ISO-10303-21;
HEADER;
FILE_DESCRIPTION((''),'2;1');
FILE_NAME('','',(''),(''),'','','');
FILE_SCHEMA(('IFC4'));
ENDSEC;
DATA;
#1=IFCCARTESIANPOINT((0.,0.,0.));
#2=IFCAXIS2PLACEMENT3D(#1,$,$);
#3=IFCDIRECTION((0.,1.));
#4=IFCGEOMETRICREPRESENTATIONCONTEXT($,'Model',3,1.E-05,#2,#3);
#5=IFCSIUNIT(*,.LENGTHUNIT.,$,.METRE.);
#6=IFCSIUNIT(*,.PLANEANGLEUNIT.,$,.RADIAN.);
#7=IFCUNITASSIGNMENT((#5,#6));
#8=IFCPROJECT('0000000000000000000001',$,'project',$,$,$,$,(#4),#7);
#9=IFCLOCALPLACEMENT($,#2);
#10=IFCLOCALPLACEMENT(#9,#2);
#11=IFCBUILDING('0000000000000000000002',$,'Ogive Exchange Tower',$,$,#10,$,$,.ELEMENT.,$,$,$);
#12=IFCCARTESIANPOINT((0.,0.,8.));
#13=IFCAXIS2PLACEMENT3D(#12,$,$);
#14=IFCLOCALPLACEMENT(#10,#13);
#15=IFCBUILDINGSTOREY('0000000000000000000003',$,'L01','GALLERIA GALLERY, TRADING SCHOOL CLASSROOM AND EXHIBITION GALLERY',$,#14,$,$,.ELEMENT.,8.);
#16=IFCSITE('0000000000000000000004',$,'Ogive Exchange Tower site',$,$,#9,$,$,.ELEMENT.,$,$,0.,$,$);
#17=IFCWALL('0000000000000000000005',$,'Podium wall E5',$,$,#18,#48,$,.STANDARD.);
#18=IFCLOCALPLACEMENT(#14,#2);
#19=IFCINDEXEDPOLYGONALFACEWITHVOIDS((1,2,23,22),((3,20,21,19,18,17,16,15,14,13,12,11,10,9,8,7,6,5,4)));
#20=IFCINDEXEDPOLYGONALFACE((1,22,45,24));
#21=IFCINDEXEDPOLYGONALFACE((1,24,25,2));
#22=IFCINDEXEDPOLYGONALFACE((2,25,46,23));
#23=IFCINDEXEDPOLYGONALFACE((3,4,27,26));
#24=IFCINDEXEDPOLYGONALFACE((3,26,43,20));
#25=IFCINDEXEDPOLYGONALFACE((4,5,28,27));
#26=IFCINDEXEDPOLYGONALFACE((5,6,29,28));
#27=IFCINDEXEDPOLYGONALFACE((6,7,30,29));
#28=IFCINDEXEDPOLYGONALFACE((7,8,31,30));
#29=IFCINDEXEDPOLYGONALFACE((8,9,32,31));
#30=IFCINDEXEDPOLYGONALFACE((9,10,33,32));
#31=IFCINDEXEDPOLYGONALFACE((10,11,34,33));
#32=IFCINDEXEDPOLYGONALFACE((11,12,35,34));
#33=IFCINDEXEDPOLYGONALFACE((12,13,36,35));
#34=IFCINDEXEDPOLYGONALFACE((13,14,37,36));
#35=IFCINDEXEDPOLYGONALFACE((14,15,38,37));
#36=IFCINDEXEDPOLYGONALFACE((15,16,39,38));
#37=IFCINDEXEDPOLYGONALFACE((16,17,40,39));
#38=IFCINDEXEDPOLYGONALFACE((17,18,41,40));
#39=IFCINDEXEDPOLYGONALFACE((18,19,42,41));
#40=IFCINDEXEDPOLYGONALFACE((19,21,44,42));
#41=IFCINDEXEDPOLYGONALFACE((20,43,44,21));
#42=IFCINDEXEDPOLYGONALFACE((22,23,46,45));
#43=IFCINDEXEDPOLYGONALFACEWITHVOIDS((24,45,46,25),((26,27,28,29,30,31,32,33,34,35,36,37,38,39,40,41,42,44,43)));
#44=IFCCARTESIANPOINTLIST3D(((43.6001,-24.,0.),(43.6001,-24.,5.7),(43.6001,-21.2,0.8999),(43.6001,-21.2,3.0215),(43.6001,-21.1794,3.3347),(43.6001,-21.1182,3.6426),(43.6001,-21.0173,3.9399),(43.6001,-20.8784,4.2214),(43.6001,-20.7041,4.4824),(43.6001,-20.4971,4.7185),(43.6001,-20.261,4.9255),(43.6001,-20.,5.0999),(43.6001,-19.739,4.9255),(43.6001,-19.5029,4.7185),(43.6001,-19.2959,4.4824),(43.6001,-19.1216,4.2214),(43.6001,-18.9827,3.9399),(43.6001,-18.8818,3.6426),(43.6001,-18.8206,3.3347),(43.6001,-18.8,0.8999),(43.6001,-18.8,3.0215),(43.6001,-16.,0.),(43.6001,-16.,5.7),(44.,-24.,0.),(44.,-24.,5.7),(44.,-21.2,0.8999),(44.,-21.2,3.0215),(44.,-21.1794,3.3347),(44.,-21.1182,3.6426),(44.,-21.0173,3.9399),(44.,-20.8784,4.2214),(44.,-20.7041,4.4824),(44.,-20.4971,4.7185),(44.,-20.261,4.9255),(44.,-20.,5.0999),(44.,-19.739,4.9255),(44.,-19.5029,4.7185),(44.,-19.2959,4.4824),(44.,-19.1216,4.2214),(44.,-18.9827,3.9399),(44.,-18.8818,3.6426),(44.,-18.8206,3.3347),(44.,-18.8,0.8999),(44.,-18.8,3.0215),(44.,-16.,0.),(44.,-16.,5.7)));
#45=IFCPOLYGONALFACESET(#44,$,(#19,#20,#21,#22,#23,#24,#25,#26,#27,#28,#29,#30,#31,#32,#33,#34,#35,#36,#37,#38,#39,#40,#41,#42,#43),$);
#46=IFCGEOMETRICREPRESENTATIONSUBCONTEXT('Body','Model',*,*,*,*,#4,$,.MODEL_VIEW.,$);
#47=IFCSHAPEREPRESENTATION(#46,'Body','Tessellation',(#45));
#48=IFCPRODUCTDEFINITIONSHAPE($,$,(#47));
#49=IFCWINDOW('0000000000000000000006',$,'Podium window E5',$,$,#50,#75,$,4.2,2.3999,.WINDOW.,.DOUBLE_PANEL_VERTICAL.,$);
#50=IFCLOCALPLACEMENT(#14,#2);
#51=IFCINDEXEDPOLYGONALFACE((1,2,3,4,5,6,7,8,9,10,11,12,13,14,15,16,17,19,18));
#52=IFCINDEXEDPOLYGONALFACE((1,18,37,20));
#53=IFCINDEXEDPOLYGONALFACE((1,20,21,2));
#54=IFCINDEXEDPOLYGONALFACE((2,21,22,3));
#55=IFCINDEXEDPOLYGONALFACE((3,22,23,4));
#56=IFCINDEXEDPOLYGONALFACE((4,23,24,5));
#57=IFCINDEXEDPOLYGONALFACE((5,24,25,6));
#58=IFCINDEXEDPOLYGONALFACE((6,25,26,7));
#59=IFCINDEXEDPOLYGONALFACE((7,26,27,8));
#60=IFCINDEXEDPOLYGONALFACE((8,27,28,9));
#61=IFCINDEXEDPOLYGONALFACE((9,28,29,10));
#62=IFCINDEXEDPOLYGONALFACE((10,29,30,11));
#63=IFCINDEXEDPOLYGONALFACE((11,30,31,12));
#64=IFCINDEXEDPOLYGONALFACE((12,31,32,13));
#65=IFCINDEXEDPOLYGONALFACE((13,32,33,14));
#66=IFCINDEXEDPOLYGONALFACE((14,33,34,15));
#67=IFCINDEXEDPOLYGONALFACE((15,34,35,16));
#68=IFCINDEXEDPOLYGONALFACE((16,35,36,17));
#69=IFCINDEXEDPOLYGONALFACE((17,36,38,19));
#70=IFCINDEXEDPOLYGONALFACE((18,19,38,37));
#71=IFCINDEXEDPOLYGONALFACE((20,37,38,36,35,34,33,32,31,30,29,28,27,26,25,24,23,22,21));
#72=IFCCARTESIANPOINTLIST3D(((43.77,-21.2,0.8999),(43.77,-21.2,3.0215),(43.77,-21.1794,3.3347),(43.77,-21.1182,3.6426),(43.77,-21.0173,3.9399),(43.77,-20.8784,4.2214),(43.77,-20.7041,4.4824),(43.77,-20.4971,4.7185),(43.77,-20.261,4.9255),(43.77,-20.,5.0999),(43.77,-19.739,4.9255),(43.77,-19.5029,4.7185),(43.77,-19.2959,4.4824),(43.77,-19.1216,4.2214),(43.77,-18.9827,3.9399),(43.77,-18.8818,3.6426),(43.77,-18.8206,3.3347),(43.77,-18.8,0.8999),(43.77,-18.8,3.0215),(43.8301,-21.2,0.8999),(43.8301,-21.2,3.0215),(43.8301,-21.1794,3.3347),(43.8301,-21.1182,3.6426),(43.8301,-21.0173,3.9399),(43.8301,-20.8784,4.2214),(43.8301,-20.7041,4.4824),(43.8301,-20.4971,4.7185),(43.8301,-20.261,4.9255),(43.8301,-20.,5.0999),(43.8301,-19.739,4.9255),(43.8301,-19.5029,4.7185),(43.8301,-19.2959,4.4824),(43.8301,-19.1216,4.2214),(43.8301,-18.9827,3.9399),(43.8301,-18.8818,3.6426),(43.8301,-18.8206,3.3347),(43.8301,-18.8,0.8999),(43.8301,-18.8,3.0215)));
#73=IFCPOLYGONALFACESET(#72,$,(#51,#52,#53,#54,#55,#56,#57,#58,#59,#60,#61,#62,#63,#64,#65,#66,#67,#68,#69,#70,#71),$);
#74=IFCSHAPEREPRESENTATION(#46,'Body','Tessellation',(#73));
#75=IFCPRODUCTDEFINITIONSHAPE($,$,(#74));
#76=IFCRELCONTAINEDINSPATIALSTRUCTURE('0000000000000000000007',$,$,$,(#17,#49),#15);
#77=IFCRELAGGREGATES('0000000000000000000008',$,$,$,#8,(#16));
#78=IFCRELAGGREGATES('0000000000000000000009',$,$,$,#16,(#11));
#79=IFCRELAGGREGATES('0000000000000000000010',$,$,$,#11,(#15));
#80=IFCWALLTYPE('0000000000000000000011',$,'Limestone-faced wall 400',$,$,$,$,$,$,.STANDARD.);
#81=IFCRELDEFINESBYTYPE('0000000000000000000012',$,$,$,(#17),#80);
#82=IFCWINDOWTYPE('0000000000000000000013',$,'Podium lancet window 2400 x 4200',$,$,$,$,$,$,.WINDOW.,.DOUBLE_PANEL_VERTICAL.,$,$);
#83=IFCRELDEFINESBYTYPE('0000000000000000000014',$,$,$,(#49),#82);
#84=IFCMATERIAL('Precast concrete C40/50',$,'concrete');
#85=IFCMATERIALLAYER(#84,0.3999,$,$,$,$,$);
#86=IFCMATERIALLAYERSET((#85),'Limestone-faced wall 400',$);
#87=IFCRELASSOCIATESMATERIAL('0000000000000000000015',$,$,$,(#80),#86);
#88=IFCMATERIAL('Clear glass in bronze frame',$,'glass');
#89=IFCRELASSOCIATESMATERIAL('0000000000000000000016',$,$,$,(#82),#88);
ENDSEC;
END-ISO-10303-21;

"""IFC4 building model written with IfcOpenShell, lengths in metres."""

from ifc_helpers import new_model, si_unit, direction, frame, frame_2d, origin, place, context, subcontext, project, spatial, polyline, rectangle, outline, extrude, material, layer, layer_set, type_object, element, fill, save


model = new_model("IFC4")

# Units and contexts
model_context = context("Model", 3, precision=1e-05, world=origin(), true_north=direction((0.0, 1.0)))
body_context = subcontext(model_context, "Body", "Model", "MODEL_VIEW")
ifc_project = project(units=[si_unit("LENGTHUNIT", "METRE"), si_unit("PLANEANGLEUNIT", "RADIAN")], contexts=[model_context])

# Site, building, storey
site_placement = place(None, origin())
site = spatial("IfcSite", under=ifc_project, at=site_placement, Name="Ogive Exchange Tower site", CompositionType="ELEMENT", RefElevation=0.0)
building_placement = place(site_placement, origin())
building = spatial("IfcBuilding", under=site, at=building_placement, Name="Ogive Exchange Tower", CompositionType="ELEMENT")
storey_placement = place(building_placement, frame((0.0, 0.0, 8.0)))
storey = spatial("IfcBuildingStorey", under=building, at=storey_placement, Name="L01", Description="GALLERIA GALLERY, TRADING SCHOOL CLASSROOM AND EXHIBITION GALLERY", CompositionType="ELEMENT", Elevation=8.0)

# Wall, opening, window
ifc_material_1 = material(Name="Precast concrete C40/50", Category="concrete")
ifc_layer = layer(ifc_material_1, 0.3999)
ifc_layer_set = layer_set([ifc_layer], Name="Limestone-faced wall 400")
wall_type = type_object("IfcWallType", Name="Limestone-faced wall 400", PredefinedType="STANDARD", material=ifc_layer_set)
wall_1_placement = place(storey_placement, frame((43.8, -24.0, 0.0), z_axis=(0.0, 0.0, 1.0), x_axis=(0.0, 1.0, 0.0)))
wall_1 = element("IfcWall", 1, at=wall_1_placement, inside=storey, type_object=wall_type, Name="Podium wall E5", PredefinedType="STANDARD", context=body_context, shape_type="SweptSolid", body=[
    extrude(rectangle(XDim=8.0, YDim=0.3999, at=frame_2d((4.0, 0.0))), origin(), (0.0, 0.0, 1.0), 5.7),
])
opening_1_placement = place(wall_1_placement, frame((2.8, 0.0, 0.8999)))
opening_1 = element("IfcOpeningElement", 2, at=opening_1_placement, cuts=wall_1, PredefinedType="OPENING", context=body_context, shape_type="SweptSolid", body=[
    extrude(outline(polyline([(0.0, 0.0), (2.3999, 0.0), (2.3999, 2.1216), (2.3794, 2.4348), (2.3181, 2.7427), (2.2173, 3.04), (2.0784, 3.3215), (1.9041, 3.5825), (1.697, 3.8186), (1.4609, 4.0256), (1.2, 4.2), (0.939, 4.0256), (0.7029, 3.8186), (0.4958, 3.5825), (0.3215, 3.3215), (0.1826, 3.04), (0.0818, 2.7427), (0.0205, 2.4348), (0.0, 2.1216), (0.0, 0.0)])), frame((0.0, 0.21, 0.0), z_axis=(0.0, -1.0, 0.0), x_axis=(1.0, 0.0, 0.0)), (0.0, 0.0, 1.0), 0.4199),
])
ifc_material_2 = material(Name="Clear glass in bronze frame", Category="glass")
window_type_1 = type_object("IfcWindowType", Name="Podium lancet window 2400 x 4200", PartitioningType="DOUBLE_PANEL_VERTICAL", PredefinedType="WINDOW", material=ifc_material_2)
window_1_placement = place(opening_1_placement, origin())
window_1 = element("IfcWindow", 3, at=window_1_placement, inside=storey, type_object=window_type_1, Name="Podium window E5", OverallHeight=4.2, OverallWidth=2.3999, PartitioningType="DOUBLE_PANEL_VERTICAL", PredefinedType="WINDOW", context=body_context, shape_type="SweptSolid", body=[
    extrude(outline(polyline([(0.0, 0.0), (2.3999, 0.0), (2.3999, 2.1216), (2.3794, 2.4348), (2.3181, 2.7427), (2.2173, 3.04), (2.0784, 3.3215), (1.9041, 3.5825), (1.697, 3.8186), (1.4609, 4.0256), (1.2, 4.2), (0.939, 4.0256), (0.7029, 3.8186), (0.4958, 3.5825), (0.3215, 3.3215), (0.1826, 3.04), (0.0818, 2.7427), (0.0205, 2.4348), (0.0, 2.1216), (0.0, 0.0)])), frame((0.0, 0.03, 0.0), z_axis=(0.0, -1.0, 0.0), x_axis=(1.0, 0.0, 0.0)), (0.0, 0.0, 1.0), 0.0601),
])
fill(opening_1, window_1)

save(model, "model.ifc")
